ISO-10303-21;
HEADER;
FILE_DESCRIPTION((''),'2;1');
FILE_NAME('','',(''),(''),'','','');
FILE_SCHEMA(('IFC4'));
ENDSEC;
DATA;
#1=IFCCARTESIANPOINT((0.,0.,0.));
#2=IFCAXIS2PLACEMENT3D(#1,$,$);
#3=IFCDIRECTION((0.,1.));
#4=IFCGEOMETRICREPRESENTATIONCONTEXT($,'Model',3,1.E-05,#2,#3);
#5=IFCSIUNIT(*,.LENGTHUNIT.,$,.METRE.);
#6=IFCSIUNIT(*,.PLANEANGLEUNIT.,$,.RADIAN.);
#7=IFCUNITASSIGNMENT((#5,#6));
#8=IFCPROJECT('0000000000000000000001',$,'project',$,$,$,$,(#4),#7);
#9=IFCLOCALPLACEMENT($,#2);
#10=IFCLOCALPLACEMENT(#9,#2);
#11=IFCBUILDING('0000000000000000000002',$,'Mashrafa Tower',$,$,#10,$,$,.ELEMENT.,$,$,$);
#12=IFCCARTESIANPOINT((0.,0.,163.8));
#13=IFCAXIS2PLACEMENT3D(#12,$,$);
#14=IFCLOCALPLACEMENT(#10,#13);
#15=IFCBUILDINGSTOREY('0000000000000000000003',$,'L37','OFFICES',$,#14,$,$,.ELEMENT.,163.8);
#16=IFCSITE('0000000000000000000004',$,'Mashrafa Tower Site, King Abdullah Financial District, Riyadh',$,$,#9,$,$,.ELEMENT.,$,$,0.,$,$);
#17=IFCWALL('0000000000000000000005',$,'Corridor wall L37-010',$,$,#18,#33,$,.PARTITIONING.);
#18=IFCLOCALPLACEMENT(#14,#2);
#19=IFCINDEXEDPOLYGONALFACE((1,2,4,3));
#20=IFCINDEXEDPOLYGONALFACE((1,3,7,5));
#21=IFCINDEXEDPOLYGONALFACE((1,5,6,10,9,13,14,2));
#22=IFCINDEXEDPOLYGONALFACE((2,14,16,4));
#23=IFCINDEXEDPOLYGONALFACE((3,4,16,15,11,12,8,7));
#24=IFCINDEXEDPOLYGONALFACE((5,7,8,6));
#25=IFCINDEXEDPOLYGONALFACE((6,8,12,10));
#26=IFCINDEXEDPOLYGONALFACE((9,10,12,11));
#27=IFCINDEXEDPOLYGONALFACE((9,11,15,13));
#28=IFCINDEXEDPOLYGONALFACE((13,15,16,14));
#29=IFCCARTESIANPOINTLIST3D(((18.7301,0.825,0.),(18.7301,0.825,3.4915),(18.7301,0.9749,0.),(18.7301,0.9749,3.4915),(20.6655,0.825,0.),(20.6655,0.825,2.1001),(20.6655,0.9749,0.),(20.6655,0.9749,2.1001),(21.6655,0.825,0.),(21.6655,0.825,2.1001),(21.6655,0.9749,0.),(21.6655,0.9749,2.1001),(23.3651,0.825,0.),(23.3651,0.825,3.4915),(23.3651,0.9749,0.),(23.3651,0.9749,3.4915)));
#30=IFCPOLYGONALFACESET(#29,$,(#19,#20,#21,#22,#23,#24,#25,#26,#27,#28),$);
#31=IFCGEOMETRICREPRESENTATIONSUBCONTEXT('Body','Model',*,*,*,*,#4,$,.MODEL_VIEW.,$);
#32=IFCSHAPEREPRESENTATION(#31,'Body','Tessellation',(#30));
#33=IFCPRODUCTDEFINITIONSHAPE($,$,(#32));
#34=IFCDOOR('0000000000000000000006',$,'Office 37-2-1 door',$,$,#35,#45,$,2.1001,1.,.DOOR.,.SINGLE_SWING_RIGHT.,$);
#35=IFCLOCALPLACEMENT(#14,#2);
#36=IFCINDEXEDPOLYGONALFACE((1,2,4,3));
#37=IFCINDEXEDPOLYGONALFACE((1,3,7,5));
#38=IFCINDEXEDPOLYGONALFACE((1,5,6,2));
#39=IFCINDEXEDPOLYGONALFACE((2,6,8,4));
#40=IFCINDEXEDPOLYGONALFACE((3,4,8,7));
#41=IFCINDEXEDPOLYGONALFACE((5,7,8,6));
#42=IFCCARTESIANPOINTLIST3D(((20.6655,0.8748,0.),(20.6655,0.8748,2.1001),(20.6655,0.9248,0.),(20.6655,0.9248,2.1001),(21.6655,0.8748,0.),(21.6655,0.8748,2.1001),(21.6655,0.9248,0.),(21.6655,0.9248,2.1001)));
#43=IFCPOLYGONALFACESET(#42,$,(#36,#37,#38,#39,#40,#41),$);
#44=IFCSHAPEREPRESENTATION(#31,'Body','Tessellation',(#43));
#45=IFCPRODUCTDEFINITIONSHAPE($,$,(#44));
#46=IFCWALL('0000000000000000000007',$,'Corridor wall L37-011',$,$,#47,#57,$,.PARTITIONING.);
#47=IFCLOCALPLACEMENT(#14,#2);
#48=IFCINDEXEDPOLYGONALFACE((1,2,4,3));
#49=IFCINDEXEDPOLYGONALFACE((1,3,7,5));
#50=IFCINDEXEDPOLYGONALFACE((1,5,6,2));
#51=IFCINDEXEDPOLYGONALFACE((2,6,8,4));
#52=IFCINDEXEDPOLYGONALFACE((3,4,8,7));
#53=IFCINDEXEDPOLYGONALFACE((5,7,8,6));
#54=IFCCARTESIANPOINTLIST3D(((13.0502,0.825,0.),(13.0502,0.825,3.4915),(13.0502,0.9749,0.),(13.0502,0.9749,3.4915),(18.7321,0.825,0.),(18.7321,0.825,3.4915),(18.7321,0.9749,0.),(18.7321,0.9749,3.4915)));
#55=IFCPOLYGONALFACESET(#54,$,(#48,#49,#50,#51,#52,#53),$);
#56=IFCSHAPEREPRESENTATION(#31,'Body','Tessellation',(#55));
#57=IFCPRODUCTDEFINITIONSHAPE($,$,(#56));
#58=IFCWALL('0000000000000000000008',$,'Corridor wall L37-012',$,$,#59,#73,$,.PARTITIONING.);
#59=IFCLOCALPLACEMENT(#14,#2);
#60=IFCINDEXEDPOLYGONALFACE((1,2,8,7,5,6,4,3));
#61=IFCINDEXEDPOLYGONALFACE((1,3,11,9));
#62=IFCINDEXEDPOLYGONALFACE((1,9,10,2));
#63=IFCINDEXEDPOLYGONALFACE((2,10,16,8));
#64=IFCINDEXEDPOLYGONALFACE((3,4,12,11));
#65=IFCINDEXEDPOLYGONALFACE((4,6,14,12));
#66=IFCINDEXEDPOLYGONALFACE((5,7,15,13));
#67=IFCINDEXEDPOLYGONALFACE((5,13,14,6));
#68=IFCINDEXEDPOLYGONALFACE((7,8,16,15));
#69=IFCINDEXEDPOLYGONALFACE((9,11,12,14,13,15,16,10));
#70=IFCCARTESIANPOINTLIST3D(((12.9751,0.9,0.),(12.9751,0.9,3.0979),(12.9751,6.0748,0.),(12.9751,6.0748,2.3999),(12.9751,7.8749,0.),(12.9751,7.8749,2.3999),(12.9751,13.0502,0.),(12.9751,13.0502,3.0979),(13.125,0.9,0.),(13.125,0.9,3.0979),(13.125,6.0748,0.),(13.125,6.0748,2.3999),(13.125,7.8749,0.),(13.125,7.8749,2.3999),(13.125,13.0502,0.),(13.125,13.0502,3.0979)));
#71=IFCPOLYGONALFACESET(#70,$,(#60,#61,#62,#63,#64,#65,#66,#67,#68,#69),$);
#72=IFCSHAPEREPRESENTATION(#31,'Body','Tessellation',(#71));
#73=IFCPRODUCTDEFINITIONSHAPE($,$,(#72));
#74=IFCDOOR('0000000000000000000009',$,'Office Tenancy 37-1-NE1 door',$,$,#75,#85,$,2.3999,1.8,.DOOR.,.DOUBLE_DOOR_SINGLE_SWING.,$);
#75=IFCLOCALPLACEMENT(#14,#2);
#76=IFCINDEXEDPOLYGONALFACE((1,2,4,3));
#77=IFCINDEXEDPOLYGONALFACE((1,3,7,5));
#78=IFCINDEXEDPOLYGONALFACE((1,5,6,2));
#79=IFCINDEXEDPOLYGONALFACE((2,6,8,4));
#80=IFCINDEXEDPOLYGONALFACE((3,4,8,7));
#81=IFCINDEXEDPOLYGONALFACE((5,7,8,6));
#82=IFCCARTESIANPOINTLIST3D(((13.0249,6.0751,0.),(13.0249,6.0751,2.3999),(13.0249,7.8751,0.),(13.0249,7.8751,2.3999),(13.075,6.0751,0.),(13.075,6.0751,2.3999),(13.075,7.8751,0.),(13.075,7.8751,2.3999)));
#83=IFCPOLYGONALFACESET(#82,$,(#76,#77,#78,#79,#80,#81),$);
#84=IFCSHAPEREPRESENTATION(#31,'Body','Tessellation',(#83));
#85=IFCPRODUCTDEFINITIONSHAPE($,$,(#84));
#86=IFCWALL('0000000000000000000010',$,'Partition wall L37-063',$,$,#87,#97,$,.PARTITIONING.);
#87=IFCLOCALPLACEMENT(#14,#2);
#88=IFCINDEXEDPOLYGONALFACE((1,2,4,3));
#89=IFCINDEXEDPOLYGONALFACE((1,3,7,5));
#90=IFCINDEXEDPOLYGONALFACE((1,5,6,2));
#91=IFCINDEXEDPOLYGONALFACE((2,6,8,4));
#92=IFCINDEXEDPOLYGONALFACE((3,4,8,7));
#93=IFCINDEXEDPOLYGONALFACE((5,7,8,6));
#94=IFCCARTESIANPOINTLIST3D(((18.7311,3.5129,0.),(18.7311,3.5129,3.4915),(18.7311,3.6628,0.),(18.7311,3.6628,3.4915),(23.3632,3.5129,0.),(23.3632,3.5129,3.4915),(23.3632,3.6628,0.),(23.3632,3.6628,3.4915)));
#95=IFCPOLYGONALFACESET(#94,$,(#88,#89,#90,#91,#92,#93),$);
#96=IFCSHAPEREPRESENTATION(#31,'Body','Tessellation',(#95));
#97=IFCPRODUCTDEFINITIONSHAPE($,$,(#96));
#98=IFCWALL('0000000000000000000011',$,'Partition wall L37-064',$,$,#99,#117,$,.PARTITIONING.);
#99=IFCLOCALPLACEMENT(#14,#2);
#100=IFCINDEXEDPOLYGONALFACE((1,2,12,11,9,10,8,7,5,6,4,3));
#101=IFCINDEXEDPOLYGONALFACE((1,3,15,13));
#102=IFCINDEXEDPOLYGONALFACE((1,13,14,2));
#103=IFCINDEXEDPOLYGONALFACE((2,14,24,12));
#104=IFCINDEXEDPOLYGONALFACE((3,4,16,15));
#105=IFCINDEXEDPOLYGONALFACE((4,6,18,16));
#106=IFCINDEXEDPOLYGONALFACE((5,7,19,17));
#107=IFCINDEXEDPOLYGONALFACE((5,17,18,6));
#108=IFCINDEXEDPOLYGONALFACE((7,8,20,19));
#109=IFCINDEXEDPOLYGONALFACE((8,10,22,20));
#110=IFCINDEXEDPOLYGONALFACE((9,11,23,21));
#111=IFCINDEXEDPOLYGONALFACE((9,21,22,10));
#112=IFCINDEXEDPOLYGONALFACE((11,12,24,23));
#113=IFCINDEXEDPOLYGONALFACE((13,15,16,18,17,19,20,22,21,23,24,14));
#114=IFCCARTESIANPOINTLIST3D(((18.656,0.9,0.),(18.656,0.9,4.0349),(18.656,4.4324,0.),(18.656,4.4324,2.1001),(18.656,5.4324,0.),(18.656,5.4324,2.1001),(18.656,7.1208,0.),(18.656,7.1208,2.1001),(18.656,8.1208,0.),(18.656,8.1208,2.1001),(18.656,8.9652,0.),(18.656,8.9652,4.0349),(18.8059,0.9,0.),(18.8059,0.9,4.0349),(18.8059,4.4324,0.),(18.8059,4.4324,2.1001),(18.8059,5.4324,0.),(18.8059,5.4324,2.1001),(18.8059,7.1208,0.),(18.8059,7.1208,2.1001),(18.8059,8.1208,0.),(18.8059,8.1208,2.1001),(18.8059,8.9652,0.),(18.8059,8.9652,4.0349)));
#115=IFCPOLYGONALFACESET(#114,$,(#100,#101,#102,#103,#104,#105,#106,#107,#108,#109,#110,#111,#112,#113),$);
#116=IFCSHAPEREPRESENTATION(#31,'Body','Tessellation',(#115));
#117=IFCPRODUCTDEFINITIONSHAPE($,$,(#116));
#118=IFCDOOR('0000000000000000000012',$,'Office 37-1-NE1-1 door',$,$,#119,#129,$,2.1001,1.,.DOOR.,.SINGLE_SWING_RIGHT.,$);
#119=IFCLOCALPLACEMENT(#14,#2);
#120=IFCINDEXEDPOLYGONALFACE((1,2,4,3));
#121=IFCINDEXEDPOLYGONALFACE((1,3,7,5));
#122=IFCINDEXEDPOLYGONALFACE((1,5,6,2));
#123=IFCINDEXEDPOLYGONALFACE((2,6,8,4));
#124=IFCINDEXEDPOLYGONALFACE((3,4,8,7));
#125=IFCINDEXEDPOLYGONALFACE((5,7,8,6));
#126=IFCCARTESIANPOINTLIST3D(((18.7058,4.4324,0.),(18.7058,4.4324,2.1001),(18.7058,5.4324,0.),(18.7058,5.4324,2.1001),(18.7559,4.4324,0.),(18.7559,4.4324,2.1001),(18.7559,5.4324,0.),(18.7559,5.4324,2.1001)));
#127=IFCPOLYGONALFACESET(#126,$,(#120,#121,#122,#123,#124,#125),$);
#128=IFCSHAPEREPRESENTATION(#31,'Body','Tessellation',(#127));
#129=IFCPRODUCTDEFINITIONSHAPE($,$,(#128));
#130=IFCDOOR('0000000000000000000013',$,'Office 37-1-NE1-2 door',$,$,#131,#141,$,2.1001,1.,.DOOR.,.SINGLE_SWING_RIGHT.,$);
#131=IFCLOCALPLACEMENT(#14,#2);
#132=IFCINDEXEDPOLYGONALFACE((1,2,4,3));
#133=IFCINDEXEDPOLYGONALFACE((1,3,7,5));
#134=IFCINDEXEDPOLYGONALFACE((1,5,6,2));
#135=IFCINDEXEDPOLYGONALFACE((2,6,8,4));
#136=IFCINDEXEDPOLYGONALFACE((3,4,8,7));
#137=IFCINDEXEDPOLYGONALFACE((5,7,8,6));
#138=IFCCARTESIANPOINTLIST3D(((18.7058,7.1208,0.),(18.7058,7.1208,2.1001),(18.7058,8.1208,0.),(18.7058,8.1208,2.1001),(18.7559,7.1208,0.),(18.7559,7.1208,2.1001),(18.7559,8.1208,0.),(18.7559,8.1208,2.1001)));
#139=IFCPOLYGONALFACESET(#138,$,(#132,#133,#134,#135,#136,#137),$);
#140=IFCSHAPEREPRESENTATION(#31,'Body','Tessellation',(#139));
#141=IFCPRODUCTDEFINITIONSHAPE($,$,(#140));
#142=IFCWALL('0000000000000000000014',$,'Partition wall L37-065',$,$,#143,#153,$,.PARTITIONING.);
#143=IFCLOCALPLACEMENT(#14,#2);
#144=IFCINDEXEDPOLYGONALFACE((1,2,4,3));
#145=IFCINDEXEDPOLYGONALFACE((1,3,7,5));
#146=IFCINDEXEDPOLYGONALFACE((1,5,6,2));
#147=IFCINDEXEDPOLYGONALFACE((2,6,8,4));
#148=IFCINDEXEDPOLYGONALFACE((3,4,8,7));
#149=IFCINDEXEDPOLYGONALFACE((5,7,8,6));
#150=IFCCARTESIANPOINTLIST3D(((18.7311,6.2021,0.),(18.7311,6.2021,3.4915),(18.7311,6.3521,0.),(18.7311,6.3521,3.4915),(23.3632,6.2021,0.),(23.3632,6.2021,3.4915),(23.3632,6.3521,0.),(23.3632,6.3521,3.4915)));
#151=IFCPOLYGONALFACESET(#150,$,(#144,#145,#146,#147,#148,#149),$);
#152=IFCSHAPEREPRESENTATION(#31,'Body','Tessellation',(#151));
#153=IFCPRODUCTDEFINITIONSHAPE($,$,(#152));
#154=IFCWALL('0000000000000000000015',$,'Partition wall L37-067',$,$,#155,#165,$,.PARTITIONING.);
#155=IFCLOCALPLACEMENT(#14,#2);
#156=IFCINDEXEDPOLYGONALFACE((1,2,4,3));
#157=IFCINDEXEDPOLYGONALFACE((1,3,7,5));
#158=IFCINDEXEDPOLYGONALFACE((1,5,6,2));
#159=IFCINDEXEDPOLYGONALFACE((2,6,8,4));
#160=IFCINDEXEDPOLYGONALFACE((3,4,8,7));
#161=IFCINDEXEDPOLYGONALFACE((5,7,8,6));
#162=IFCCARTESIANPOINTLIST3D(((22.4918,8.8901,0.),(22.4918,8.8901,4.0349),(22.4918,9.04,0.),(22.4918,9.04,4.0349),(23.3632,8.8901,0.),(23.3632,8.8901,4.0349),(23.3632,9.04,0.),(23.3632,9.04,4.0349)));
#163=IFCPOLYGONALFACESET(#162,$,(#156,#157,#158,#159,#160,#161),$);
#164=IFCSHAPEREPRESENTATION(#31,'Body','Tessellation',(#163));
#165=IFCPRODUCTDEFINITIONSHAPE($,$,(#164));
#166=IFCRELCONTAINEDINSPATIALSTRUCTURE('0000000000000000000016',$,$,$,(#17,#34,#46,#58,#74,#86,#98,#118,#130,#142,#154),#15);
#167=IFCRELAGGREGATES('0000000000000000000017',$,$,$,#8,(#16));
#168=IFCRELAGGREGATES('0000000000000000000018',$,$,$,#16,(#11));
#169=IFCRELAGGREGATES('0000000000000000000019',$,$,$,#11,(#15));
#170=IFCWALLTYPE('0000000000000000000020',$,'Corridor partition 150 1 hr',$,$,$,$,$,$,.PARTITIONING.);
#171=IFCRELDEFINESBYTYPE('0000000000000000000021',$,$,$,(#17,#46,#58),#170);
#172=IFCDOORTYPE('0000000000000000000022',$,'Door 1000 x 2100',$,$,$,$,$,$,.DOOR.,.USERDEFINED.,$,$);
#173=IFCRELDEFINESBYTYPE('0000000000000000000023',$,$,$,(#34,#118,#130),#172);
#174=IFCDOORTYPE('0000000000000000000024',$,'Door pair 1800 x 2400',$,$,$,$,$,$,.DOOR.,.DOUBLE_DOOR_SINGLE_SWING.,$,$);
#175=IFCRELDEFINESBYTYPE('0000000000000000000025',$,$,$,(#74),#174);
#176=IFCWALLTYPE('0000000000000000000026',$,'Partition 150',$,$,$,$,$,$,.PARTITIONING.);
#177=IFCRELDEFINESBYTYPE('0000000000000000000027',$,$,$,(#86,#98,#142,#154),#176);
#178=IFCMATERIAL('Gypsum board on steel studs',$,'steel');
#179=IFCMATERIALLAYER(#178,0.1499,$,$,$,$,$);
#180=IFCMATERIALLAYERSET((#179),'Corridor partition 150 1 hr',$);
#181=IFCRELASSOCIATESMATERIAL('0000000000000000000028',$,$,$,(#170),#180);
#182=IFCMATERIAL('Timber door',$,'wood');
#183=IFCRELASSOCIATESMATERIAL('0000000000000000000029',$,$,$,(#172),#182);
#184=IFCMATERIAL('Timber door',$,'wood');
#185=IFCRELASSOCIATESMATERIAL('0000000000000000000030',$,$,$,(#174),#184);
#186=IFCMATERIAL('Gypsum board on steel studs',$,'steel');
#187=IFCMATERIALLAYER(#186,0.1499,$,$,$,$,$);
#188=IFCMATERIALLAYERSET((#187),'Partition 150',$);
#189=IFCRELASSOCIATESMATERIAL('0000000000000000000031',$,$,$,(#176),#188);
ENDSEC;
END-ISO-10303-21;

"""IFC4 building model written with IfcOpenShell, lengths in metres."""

from ifc_helpers import new_model, si_unit, direction, frame, frame_2d, origin, place, context, subcontext, project, spatial, rectangle, extrude, material, layer, layer_set, type_object, element, fill, save


model = new_model("IFC4")

# Units and contexts
model_context = context("Model", 3, precision=1e-05, world=origin(), true_north=direction((0.0, 1.0)))
body_context = subcontext(model_context, "Body", "Model", "MODEL_VIEW")
ifc_project = project(units=[si_unit("LENGTHUNIT", "METRE"), si_unit("PLANEANGLEUNIT", "RADIAN")], contexts=[model_context])

# Site, building, storey
site_placement = place(None, origin())
site = spatial("IfcSite", under=ifc_project, at=site_placement, Name="Mashrafa Tower Site, King Abdullah Financial District, Riyadh", CompositionType="ELEMENT", RefElevation=0.0)
building_placement = place(site_placement, origin())
building = spatial("IfcBuilding", under=site, at=building_placement, Name="Mashrafa Tower", CompositionType="ELEMENT")
storey_placement = place(building_placement, frame((0.0, 0.0, 163.8)))
storey = spatial("IfcBuildingStorey", under=building, at=storey_placement, Name="L37", Description="OFFICES", CompositionType="ELEMENT", Elevation=163.8)

# Wall, opening, door
ifc_material_1 = material(Name="Gypsum board on steel studs", Category="steel")
ifc_layer_1 = layer(ifc_material_1, 0.1499)
ifc_layer_set_1 = layer_set([ifc_layer_1], Name="Corridor partition 150 1 hr")
wall_type_1 = type_object("IfcWallType", Name="Corridor partition 150 1 hr", PredefinedType="PARTITIONING", material=ifc_layer_set_1)
wall_1_placement = place(storey_placement, frame((23.365, 0.8999, 0.0), z_axis=(0.0, 0.0, 1.0), x_axis=(-1.0, 0.0, 0.0)))
wall_1 = element("IfcWall", 1, at=wall_1_placement, inside=storey, type_object=wall_type_1, Name="Corridor wall L37-010", PredefinedType="PARTITIONING", context=body_context, shape_type="SweptSolid", body=[
    extrude(rectangle(XDim=4.635, YDim=0.1499, at=frame_2d((2.3174, 0.0))), origin(), (0.0, 0.0, 1.0), 3.4915),
])
opening_1_placement = place(wall_1_placement, frame((1.6995, 0.0, 0.0)))
opening_1 = element("IfcOpeningElement", 2, at=opening_1_placement, cuts=wall_1, PredefinedType="OPENING", context=body_context, shape_type="SweptSolid", body=[
    extrude(rectangle(XDim=1.0, YDim=2.1001, at=frame_2d((0.5, 1.05))), frame((0.0, 0.085, 0.0), z_axis=(0.0, -1.0, 0.0), x_axis=(1.0, 0.0, 0.0)), (0.0, 0.0, 1.0), 0.1699),
])
ifc_material_2 = material(Name="Timber door", Category="wood")
door_type_1 = type_object("IfcDoorType", Name="Door 1000 x 2100", OperationType="USERDEFINED", PredefinedType="DOOR", material=ifc_material_2)
door_1_placement = place(opening_1_placement, frame((1.0, 0.0, 0.0), z_axis=(0.0, 0.0, 1.0), x_axis=(-1.0, 0.0, 0.0)))
door_1 = element("IfcDoor", 3, at=door_1_placement, inside=storey, type_object=door_type_1, Name="Office 37-2-1 door", OperationType="SINGLE_SWING_RIGHT", OverallHeight=2.1001, OverallWidth=1.0, PredefinedType="DOOR", context=body_context, shape_type="SweptSolid", body=[
    extrude(rectangle(XDim=1.0, YDim=2.1001, at=frame_2d((0.5, 1.05))), frame((0.0, 0.0249, 0.0), z_axis=(0.0, -1.0, 0.0), x_axis=(1.0, 0.0, 0.0)), (0.0, 0.0, 1.0), 0.05),
])
fill(opening_1, door_1)

# Wall
wall_2_placement = place(storey_placement, frame((18.7319, 0.8999, 0.0), z_axis=(0.0, 0.0, 1.0), x_axis=(-1.0, 0.0, 0.0)))
element("IfcWall", 4, at=wall_2_placement, inside=storey, type_object=wall_type_1, Name="Corridor wall L37-011", PredefinedType="PARTITIONING", context=body_context, shape_type="SweptSolid", body=[
    extrude(rectangle(XDim=5.6819, YDim=0.1499, at=frame_2d((2.8408, 0.0))), origin(), (0.0, 0.0, 1.0), 3.4915),
])

# Wall, opening, door
wall_3_placement = place(storey_placement, frame((13.05, 0.8999, 0.0), z_axis=(0.0, 0.0, 1.0), x_axis=(0.0, 1.0, 0.0)))
wall_3 = element("IfcWall", 5, at=wall_3_placement, inside=storey, type_object=wall_type_1, Name="Corridor wall L37-012", PredefinedType="PARTITIONING", context=body_context, shape_type="SweptSolid", body=[
    extrude(rectangle(XDim=12.1501, YDim=0.1499, at=frame_2d((6.0752, 0.0))), origin(), (0.0, 0.0, 1.0), 3.0979),
])
opening_2_placement = place(wall_3_placement, frame((5.175, 0.0, 0.0)))
opening_2 = element("IfcOpeningElement", 6, at=opening_2_placement, cuts=wall_3, PredefinedType="OPENING", context=body_context, shape_type="SweptSolid", body=[
    extrude(rectangle(XDim=1.8, YDim=2.3999, at=frame_2d((0.8999, 1.2))), frame((0.0, 0.085, 0.0), z_axis=(0.0, -1.0, 0.0), x_axis=(1.0, 0.0, 0.0)), (0.0, 0.0, 1.0), 0.1699),
])
ifc_material_3 = material(Name="Timber door", Category="wood")
door_type_2 = type_object("IfcDoorType", Name="Door pair 1800 x 2400", OperationType="DOUBLE_DOOR_SINGLE_SWING", PredefinedType="DOOR", material=ifc_material_3)
door_2_placement = place(opening_2_placement, frame((1.8, 0.0, 0.0), z_axis=(0.0, 0.0, 1.0), x_axis=(-1.0, 0.0, 0.0)))
door_2 = element("IfcDoor", 7, at=door_2_placement, inside=storey, type_object=door_type_2, Name="Office Tenancy 37-1-NE1 door", OperationType="DOUBLE_DOOR_SINGLE_SWING", OverallHeight=2.3999, OverallWidth=1.8, PredefinedType="DOOR", context=body_context, shape_type="SweptSolid", body=[
    extrude(rectangle(XDim=1.8, YDim=2.3999, at=frame_2d((0.8999, 1.2))), frame((0.0, 0.0249, 0.0), z_axis=(0.0, -1.0, 0.0), x_axis=(1.0, 0.0, 0.0)), (0.0, 0.0, 1.0), 0.05),
])
fill(opening_2, door_2)

# Wall
ifc_material_4 = material(Name="Gypsum board on steel studs", Category="steel")
ifc_layer_2 = layer(ifc_material_4, 0.1499)
ifc_layer_set_2 = layer_set([ifc_layer_2], Name="Partition 150")
wall_type_2 = type_object("IfcWallType", Name="Partition 150", PredefinedType="PARTITIONING", material=ifc_layer_set_2)
wall_4_placement = place(storey_placement, frame((23.363, 3.5879, 0.0), z_axis=(0.0, 0.0, 1.0), x_axis=(-1.0, 0.0, 0.0)))
element("IfcWall", 8, at=wall_4_placement, inside=storey, type_object=wall_type_2, Name="Partition wall L37-063", PredefinedType="PARTITIONING", context=body_context, shape_type="SweptSolid", body=[
    extrude(rectangle(XDim=4.6321, YDim=0.1499, at=frame_2d((2.3159, 0.0))), origin(), (0.0, 0.0, 1.0), 3.4915),
])

# Wall, openings, doors
wall_5_placement = place(storey_placement, frame((18.731, 0.8999, 0.0), z_axis=(0.0, 0.0, 1.0), x_axis=(0.0, 1.0, 0.0)))
wall_5 = element("IfcWall", 9, at=wall_5_placement, inside=storey, type_object=wall_type_2, Name="Partition wall L37-064", PredefinedType="PARTITIONING", context=body_context, shape_type="SweptSolid", body=[
    extrude(rectangle(XDim=8.0652, YDim=0.1499, at=frame_2d((4.0327, 0.0))), origin(), (0.0, 0.0, 1.0), 4.0349),
])
opening_3_placement = place(wall_5_placement, frame((3.5325, 0.0, 0.0)))
opening_3 = element("IfcOpeningElement", 10, at=opening_3_placement, cuts=wall_5, PredefinedType="OPENING", context=body_context, shape_type="SweptSolid", body=[
    extrude(rectangle(XDim=1.0, YDim=2.1001, at=frame_2d((0.5, 1.05))), frame((0.0, 0.085, 0.0), z_axis=(0.0, -1.0, 0.0), x_axis=(1.0, 0.0, 0.0)), (0.0, 0.0, 1.0), 0.1699),
])
opening_4_placement = place(wall_5_placement, frame((6.2209, 0.0, 0.0)))
opening_4 = element("IfcOpeningElement", 11, at=opening_4_placement, cuts=wall_5, PredefinedType="OPENING", context=body_context, shape_type="SweptSolid", body=[
    extrude(rectangle(XDim=1.0, YDim=2.1001, at=frame_2d((0.5, 1.05))), frame((0.0, 0.085, 0.0), z_axis=(0.0, -1.0, 0.0), x_axis=(1.0, 0.0, 0.0)), (0.0, 0.0, 1.0), 0.1699),
])
door_3_placement = place(opening_3_placement, frame((1.0, 0.0, 0.0), z_axis=(0.0, 0.0, 1.0), x_axis=(-1.0, 0.0, 0.0)))
door_3 = element("IfcDoor", 12, at=door_3_placement, inside=storey, type_object=door_type_1, Name="Office 37-1-NE1-1 door", OperationType="SINGLE_SWING_RIGHT", OverallHeight=2.1001, OverallWidth=1.0, PredefinedType="DOOR", context=body_context, shape_type="SweptSolid", body=[
    extrude(rectangle(XDim=1.0, YDim=2.1001, at=frame_2d((0.5, 1.05))), frame((0.0, 0.0249, 0.0), z_axis=(0.0, -1.0, 0.0), x_axis=(1.0, 0.0, 0.0)), (0.0, 0.0, 1.0), 0.05),
])
fill(opening_3, door_3)
door_4_placement = place(opening_4_placement, frame((1.0, 0.0, 0.0), z_axis=(0.0, 0.0, 1.0), x_axis=(-1.0, 0.0, 0.0)))
door_4 = element("IfcDoor", 13, at=door_4_placement, inside=storey, type_object=door_type_1, Name="Office 37-1-NE1-2 door", OperationType="SINGLE_SWING_RIGHT", OverallHeight=2.1001, OverallWidth=1.0, PredefinedType="DOOR", context=body_context, shape_type="SweptSolid", body=[
    extrude(rectangle(XDim=1.0, YDim=2.1001, at=frame_2d((0.5, 1.05))), frame((0.0, 0.0249, 0.0), z_axis=(0.0, -1.0, 0.0), x_axis=(1.0, 0.0, 0.0)), (0.0, 0.0, 1.0), 0.05),
])
fill(opening_4, door_4)

# Walls
wall_6_placement = place(storey_placement, frame((23.363, 6.2771, 0.0), z_axis=(0.0, 0.0, 1.0), x_axis=(-1.0, 0.0, 0.0)))
element("IfcWall", 14, at=wall_6_placement, inside=storey, type_object=wall_type_2, Name="Partition wall L37-065", PredefinedType="PARTITIONING", context=body_context, shape_type="SweptSolid", body=[
    extrude(rectangle(XDim=4.6321, YDim=0.1499, at=frame_2d((2.3159, 0.0))), origin(), (0.0, 0.0, 1.0), 3.4915),
])
wall_7_placement = place(storey_placement, frame((23.363, 8.9651, 0.0), z_axis=(0.0, 0.0, 1.0), x_axis=(-1.0, 0.0, 0.0)))
element("IfcWall", 15, at=wall_7_placement, inside=storey, type_object=wall_type_2, Name="Partition wall L37-067", PredefinedType="PARTITIONING", context=body_context, shape_type="SweptSolid", body=[
    extrude(rectangle(XDim=0.8713, YDim=0.1499, at=frame_2d((0.4355, 0.0))), origin(), (0.0, 0.0, 1.0), 4.0349),
])

save(model, "model.ifc")
